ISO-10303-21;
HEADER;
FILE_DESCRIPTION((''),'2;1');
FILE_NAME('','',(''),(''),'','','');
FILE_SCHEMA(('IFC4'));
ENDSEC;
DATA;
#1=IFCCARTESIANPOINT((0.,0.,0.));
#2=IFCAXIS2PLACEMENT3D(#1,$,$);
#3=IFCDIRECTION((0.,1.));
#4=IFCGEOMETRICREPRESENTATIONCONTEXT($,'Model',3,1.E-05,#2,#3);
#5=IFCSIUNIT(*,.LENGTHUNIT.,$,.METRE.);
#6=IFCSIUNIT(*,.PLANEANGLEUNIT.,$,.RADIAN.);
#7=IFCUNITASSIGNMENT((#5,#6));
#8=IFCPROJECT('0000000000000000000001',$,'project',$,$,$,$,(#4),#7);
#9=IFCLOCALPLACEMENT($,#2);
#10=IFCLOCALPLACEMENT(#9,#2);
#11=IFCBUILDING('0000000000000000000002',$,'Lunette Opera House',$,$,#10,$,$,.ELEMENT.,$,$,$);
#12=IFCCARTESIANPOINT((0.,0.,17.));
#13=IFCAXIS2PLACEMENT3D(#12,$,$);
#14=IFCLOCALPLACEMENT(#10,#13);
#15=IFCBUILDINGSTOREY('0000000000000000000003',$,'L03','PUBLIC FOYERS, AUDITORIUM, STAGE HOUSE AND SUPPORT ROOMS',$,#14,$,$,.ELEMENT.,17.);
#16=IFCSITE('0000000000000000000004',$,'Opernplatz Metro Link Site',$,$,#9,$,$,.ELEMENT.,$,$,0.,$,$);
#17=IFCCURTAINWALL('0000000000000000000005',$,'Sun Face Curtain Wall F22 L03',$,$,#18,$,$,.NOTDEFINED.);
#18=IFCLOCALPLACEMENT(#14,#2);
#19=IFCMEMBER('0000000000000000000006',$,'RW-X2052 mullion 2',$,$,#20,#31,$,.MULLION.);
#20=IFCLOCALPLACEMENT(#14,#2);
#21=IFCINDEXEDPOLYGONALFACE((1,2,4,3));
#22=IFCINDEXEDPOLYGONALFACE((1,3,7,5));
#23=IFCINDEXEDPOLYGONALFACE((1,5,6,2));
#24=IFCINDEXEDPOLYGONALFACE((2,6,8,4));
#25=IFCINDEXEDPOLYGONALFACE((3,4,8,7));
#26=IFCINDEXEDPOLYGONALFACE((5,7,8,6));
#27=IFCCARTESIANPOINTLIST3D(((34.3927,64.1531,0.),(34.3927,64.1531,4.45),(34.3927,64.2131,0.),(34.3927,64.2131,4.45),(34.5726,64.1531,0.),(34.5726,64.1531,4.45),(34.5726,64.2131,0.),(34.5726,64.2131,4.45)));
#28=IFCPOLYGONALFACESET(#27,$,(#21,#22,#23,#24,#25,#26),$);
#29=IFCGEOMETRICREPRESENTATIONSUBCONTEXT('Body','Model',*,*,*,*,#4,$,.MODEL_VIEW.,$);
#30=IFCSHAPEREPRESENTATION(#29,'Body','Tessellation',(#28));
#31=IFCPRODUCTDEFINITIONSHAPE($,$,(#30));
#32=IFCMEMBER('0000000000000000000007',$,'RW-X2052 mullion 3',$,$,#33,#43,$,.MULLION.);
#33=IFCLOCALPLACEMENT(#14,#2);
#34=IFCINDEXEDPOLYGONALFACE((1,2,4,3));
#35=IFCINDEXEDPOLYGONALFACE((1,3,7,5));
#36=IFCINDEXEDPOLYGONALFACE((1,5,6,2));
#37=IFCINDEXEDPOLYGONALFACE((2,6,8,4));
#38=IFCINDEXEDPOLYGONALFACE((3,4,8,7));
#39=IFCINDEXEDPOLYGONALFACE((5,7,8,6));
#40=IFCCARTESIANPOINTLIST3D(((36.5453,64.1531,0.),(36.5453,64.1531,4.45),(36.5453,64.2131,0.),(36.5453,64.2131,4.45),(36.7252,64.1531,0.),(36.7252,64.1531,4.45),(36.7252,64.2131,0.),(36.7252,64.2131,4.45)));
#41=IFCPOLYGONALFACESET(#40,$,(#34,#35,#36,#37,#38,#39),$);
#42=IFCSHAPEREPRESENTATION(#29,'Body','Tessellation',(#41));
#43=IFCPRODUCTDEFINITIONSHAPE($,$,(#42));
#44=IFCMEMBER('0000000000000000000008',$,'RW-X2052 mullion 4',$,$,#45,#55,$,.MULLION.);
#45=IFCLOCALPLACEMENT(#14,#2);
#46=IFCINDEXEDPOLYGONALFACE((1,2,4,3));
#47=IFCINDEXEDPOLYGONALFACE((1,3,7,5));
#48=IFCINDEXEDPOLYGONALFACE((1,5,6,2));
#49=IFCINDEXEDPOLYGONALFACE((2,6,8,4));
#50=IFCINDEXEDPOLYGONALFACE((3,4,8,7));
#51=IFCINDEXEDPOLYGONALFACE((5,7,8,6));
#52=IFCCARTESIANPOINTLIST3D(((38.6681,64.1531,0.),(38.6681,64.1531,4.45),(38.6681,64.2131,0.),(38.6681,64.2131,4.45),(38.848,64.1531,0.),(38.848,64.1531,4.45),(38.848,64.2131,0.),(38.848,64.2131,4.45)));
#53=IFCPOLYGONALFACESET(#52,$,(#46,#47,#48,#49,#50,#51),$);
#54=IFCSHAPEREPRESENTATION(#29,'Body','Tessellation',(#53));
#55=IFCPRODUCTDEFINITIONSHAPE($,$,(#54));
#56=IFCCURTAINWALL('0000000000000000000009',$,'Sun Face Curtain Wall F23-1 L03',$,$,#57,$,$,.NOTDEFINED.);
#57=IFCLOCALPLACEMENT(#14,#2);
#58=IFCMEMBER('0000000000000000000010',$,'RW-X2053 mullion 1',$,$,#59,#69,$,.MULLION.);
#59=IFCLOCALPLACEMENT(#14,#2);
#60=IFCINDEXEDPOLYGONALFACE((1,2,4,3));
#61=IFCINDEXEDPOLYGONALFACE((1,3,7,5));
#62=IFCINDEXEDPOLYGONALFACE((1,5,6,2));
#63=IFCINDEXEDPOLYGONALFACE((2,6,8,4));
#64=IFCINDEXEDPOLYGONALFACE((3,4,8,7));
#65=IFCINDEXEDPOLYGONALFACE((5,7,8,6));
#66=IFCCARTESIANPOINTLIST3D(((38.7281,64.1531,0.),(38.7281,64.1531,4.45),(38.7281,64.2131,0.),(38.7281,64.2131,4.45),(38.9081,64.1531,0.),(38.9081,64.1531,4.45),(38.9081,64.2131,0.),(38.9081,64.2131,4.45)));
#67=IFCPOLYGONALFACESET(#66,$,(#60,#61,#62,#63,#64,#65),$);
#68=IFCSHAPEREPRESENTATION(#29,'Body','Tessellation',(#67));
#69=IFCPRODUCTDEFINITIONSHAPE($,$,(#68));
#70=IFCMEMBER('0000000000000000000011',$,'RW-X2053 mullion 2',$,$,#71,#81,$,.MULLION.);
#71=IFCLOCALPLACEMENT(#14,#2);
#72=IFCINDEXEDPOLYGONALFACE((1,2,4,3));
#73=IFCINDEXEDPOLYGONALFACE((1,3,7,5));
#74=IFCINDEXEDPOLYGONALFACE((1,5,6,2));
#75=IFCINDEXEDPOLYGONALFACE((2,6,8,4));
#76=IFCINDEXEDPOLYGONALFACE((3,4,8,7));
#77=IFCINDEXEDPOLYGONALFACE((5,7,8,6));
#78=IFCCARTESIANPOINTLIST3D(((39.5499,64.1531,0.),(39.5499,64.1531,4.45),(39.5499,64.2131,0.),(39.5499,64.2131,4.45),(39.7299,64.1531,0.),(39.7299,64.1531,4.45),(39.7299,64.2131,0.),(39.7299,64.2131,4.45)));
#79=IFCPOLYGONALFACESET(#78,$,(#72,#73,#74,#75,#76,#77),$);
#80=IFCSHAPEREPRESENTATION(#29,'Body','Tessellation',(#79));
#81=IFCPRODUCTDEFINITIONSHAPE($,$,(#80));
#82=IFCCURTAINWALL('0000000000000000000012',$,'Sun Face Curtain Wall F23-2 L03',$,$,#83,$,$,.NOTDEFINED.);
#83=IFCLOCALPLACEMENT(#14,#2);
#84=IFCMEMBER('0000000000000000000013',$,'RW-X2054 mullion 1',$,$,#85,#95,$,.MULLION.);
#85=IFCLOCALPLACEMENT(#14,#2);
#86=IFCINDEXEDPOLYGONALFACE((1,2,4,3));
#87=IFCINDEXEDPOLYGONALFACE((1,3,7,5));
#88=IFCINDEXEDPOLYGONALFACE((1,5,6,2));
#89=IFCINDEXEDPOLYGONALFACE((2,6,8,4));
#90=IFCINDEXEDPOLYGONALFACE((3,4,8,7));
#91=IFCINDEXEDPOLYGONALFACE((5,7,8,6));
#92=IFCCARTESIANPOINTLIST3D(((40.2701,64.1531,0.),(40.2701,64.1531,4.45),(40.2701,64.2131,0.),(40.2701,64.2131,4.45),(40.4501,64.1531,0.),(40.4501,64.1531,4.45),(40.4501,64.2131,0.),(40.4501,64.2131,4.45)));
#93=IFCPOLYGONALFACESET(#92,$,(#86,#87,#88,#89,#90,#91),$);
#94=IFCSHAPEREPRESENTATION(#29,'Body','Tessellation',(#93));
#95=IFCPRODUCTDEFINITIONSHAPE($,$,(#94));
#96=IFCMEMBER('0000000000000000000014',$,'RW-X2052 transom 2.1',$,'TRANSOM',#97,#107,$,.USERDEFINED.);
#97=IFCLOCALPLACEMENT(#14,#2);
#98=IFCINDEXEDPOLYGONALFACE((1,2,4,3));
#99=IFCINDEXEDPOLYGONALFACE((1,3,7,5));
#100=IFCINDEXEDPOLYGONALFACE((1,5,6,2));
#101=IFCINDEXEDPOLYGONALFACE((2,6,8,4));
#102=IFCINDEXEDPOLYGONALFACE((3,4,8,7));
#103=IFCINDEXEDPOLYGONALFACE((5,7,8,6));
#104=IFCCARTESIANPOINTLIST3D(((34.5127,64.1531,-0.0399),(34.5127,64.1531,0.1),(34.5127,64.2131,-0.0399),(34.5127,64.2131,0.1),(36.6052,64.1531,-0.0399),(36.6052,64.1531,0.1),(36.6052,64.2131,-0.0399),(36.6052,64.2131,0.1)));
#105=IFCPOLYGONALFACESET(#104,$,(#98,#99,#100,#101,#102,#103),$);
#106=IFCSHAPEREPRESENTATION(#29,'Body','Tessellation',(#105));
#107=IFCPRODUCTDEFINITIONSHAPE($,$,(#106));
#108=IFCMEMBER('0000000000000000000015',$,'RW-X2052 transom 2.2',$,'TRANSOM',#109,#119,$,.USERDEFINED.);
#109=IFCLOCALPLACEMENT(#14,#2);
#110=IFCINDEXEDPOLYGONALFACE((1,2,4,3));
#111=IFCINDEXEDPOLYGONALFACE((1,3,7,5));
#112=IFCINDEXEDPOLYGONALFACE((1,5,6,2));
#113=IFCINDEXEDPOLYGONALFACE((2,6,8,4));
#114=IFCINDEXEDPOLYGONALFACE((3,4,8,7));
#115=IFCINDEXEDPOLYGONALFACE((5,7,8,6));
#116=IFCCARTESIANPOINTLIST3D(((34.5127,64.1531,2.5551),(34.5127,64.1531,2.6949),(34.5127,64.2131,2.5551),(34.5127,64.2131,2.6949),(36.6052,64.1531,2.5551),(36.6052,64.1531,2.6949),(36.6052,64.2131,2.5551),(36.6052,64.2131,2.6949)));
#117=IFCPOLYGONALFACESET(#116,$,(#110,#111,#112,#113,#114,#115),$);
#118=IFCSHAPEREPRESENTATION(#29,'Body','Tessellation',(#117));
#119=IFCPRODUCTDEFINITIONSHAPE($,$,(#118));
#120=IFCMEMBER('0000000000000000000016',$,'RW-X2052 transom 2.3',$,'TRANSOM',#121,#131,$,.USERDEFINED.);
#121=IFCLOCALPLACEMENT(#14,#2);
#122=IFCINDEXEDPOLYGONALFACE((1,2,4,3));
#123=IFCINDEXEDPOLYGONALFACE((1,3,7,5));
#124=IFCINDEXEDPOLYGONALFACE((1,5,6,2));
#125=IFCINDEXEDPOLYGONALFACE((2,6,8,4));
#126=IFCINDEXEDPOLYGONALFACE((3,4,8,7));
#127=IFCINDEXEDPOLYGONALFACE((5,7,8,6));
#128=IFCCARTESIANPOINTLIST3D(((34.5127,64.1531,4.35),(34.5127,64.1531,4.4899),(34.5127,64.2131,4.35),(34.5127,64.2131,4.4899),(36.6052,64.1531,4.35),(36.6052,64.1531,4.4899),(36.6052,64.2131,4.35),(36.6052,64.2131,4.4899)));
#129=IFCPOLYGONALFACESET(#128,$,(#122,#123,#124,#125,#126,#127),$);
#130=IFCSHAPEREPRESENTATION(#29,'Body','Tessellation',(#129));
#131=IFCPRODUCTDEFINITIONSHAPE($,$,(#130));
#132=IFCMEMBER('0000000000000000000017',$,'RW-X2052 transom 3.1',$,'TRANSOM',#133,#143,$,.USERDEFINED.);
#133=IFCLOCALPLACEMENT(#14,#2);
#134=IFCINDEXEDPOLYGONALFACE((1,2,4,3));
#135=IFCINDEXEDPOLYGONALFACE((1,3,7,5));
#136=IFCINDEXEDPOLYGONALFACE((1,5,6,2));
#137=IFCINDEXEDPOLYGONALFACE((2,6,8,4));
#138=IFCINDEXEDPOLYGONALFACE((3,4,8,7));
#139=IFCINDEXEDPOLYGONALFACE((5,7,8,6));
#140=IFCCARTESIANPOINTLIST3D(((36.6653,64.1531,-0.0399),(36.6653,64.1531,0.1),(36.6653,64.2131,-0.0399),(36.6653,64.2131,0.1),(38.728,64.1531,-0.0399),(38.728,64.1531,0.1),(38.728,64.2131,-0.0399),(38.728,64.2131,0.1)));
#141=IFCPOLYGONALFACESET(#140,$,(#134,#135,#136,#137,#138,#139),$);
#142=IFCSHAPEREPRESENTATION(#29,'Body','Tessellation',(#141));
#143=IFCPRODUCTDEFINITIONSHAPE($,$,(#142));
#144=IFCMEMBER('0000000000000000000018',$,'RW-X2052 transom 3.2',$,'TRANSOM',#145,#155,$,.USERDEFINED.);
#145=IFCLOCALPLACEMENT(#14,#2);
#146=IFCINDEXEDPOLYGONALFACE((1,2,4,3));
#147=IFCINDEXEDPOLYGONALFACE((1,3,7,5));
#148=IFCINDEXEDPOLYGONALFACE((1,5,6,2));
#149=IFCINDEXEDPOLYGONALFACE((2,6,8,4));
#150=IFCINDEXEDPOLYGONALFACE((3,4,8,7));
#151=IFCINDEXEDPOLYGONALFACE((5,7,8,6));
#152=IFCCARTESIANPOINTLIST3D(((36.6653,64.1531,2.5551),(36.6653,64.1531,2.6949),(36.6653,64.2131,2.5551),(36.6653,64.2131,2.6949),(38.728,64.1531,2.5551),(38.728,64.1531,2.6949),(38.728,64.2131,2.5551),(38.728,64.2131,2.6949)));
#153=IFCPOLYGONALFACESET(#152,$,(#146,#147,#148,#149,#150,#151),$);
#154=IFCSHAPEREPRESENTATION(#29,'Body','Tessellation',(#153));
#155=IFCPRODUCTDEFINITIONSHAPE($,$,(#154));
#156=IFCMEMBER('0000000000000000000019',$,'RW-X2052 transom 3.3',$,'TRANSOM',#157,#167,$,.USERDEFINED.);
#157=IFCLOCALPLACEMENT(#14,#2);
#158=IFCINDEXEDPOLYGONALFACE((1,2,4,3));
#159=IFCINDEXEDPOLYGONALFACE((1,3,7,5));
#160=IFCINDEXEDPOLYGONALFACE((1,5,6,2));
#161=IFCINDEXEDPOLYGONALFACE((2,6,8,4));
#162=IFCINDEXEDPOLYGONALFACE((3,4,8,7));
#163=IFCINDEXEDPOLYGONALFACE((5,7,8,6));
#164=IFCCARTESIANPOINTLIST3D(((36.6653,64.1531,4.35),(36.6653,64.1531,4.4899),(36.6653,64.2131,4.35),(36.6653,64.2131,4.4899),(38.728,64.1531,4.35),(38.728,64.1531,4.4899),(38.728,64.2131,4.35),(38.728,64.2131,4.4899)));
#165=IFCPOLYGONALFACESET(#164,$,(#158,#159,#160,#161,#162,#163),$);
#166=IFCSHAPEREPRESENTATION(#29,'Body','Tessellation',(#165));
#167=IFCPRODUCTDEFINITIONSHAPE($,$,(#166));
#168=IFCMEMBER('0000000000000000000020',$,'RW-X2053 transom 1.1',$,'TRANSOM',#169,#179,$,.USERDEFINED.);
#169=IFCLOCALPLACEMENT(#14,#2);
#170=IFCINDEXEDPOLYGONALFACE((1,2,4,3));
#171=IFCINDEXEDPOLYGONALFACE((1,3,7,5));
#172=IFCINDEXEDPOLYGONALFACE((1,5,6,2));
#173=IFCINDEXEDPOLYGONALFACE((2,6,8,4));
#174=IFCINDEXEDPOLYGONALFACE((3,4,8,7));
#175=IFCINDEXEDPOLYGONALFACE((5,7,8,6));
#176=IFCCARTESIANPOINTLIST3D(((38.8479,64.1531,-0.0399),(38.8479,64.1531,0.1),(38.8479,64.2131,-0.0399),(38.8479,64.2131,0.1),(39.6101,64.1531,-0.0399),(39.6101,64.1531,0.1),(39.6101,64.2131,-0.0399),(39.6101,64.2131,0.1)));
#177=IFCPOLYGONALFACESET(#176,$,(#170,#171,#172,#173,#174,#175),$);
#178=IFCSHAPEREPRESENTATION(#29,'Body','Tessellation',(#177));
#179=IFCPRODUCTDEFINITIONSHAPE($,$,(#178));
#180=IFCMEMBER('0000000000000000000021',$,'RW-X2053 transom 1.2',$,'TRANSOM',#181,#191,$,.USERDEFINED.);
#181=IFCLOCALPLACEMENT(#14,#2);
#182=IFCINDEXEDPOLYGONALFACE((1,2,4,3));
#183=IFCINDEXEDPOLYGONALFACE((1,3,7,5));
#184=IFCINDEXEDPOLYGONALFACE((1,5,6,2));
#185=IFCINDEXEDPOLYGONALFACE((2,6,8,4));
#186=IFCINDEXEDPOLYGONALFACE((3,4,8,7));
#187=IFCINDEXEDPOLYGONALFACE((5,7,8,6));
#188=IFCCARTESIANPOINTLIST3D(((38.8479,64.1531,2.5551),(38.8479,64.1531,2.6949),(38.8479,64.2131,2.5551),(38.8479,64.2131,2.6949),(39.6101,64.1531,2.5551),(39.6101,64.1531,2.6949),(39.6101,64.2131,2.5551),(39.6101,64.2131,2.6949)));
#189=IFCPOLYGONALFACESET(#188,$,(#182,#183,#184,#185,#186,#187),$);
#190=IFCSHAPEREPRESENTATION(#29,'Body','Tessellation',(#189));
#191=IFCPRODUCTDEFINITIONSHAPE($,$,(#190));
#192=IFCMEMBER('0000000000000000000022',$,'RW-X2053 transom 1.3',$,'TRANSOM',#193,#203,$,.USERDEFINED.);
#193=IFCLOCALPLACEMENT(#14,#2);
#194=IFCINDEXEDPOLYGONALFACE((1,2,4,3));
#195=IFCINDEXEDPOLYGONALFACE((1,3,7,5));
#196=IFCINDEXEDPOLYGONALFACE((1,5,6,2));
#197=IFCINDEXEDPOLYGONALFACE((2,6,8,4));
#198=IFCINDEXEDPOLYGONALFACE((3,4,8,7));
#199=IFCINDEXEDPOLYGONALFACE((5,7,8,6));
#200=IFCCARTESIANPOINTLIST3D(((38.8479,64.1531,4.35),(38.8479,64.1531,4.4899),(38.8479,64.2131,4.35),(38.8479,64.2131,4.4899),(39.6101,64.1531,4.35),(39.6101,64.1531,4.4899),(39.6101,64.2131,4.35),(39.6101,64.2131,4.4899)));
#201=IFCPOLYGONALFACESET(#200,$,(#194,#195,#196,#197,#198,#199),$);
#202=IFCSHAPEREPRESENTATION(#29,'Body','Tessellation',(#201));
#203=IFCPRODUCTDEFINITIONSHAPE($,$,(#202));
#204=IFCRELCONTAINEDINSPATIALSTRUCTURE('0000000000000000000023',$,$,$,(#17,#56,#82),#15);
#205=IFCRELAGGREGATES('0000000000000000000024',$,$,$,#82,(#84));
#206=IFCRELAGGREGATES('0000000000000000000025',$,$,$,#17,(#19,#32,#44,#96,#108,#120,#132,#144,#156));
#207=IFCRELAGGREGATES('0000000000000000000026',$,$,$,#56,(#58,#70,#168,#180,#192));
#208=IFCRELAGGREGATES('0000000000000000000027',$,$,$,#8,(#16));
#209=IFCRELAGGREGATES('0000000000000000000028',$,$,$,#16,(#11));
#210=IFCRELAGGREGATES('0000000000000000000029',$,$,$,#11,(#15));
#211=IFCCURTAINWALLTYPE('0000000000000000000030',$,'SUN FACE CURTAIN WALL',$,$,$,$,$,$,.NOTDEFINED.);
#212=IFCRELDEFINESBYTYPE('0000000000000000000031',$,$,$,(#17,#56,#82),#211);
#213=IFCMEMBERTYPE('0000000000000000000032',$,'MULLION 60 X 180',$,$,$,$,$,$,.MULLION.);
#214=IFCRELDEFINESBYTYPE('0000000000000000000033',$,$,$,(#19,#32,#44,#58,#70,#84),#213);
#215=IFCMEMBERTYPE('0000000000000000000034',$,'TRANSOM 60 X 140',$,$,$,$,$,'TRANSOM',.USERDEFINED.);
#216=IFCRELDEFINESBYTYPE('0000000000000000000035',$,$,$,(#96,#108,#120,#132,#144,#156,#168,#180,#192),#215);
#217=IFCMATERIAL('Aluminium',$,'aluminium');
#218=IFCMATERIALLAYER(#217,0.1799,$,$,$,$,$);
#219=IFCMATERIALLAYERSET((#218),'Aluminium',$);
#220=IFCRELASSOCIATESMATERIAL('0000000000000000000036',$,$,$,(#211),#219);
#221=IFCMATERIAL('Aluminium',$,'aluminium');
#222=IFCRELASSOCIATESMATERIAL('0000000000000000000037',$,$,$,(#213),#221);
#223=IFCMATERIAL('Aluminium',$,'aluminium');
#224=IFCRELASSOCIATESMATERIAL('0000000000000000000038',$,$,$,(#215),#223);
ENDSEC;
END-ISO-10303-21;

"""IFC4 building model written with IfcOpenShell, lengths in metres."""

from ifc_helpers import new_model, si_unit, direction, frame, origin, origin_2d, place, context, subcontext, project, spatial, rectangle, extrude, material, layer, layer_set, material_profile, profile_set, type_object, element, aggregate, save


model = new_model("IFC4")

# Units and contexts
model_context = context("Model", 3, precision=1e-05, world=origin(), true_north=direction((0.0, 1.0)))
body_context = subcontext(model_context, "Body", "Model", "MODEL_VIEW")
ifc_project = project(units=[si_unit("LENGTHUNIT", "METRE"), si_unit("PLANEANGLEUNIT", "RADIAN")], contexts=[model_context])

# Site, building, storey
site_placement = place(None, origin())
site = spatial("IfcSite", under=ifc_project, at=site_placement, Name="Opernplatz Metro Link Site", CompositionType="ELEMENT", RefElevation=0.0)
building_placement = place(site_placement, origin())
building = spatial("IfcBuilding", under=site, at=building_placement, Name="Lunette Opera House", CompositionType="ELEMENT")
storey_placement = place(building_placement, frame((0.0, 0.0, 17.0)))
storey = spatial("IfcBuildingStorey", under=building, at=storey_placement, Name="L03", Description="PUBLIC FOYERS, AUDITORIUM, STAGE HOUSE AND SUPPORT ROOMS", CompositionType="ELEMENT", Elevation=17.0)

# Curtain walls, members
ifc_material_1 = material(Name="Aluminium", Category="aluminium")
ifc_layer_1 = layer(ifc_material_1, 0.1799)
ifc_layer_set_1 = layer_set([ifc_layer_1], Name="Aluminium")
curtain_wall_type = type_object("IfcCurtainWallType", Name="SUN FACE CURTAIN WALL", PredefinedType="NOTDEFINED", material=ifc_layer_set_1)
curtain_wall_1_placement = place(storey_placement, origin())
curtain_wall_1 = element("IfcCurtainWall", 1, at=curtain_wall_1_placement, inside=storey, type_object=curtain_wall_type, Name="Sun Face Curtain Wall F22 L03", PredefinedType="NOTDEFINED")
ifc_material_2 = material(Name="Aluminium", Category="aluminium")
ifc_material_profile_1 = material_profile(ifc_material_2, rectangle(XDim=0.0601, YDim=0.1799, at=origin_2d()), Name="MULLION 60 X 180")
ifc_profile_set_1 = profile_set([ifc_material_profile_1], Name="Aluminium")
member_type_1 = type_object("IfcMemberType", Name="MULLION 60 X 180", PredefinedType="MULLION", material=ifc_profile_set_1)
member_1_placement = place(storey_placement, frame((34.4827, 64.1831, 0.0), z_axis=(0.0, 0.0, 1.0), x_axis=(0.0, 1.0, 0.0)))
member_1 = element("IfcMember", 2, at=member_1_placement, type_object=member_type_1, Name="RW-X2052 mullion 2", PredefinedType="MULLION", context=body_context, shape_type="SweptSolid", body=[
    extrude(rectangle(XDim=0.0601, YDim=0.1799, at=origin_2d()), origin(), (0.0, 0.0, 1.0), 4.45),
])
member_2_placement = place(storey_placement, frame((36.6353, 64.1831, 0.0), z_axis=(0.0, 0.0, 1.0), x_axis=(0.0, 1.0, 0.0)))
member_2 = element("IfcMember", 3, at=member_2_placement, type_object=member_type_1, Name="RW-X2052 mullion 3", PredefinedType="MULLION", context=body_context, shape_type="SweptSolid", body=[
    extrude(rectangle(XDim=0.0601, YDim=0.1799, at=origin_2d()), origin(), (0.0, 0.0, 1.0), 4.45),
])
member_3_placement = place(storey_placement, frame((38.7581, 64.1831, 0.0), z_axis=(0.0, 0.0, 1.0), x_axis=(0.0, 1.0, 0.0)))
member_3 = element("IfcMember", 4, at=member_3_placement, type_object=member_type_1, Name="RW-X2052 mullion 4", PredefinedType="MULLION", context=body_context, shape_type="SweptSolid", body=[
    extrude(rectangle(XDim=0.0601, YDim=0.1799, at=origin_2d()), origin(), (0.0, 0.0, 1.0), 4.45),
])
curtain_wall_2_placement = place(storey_placement, origin())
curtain_wall_2 = element("IfcCurtainWall", 5, at=curtain_wall_2_placement, inside=storey, type_object=curtain_wall_type, Name="Sun Face Curtain Wall F23-1 L03", PredefinedType="NOTDEFINED")
member_4_placement = place(storey_placement, frame((38.8181, 64.1831, 0.0), z_axis=(0.0, 0.0, 1.0), x_axis=(0.0, 1.0, 0.0)))
member_4 = element("IfcMember", 6, at=member_4_placement, type_object=member_type_1, Name="RW-X2053 mullion 1", PredefinedType="MULLION", context=body_context, shape_type="SweptSolid", body=[
    extrude(rectangle(XDim=0.0601, YDim=0.1799, at=origin_2d()), origin(), (0.0, 0.0, 1.0), 4.45),
])
member_5_placement = place(storey_placement, frame((39.6399, 64.1831, 0.0), z_axis=(0.0, 0.0, 1.0), x_axis=(0.0, 1.0, 0.0)))
member_5 = element("IfcMember", 7, at=member_5_placement, type_object=member_type_1, Name="RW-X2053 mullion 2", PredefinedType="MULLION", context=body_context, shape_type="SweptSolid", body=[
    extrude(rectangle(XDim=0.0601, YDim=0.1799, at=origin_2d()), origin(), (0.0, 0.0, 1.0), 4.45),
])

# Curtain wall, member
curtain_wall_3_placement = place(storey_placement, origin())
curtain_wall_3 = element("IfcCurtainWall", 8, at=curtain_wall_3_placement, inside=storey, type_object=curtain_wall_type, Name="Sun Face Curtain Wall F23-2 L03", PredefinedType="NOTDEFINED")
member_6_placement = place(storey_placement, frame((40.3601, 64.1831, 0.0), z_axis=(0.0, 0.0, 1.0), x_axis=(0.0, 1.0, 0.0)))
member_6 = element("IfcMember", 9, at=member_6_placement, type_object=member_type_1, Name="RW-X2054 mullion 1", PredefinedType="MULLION", context=body_context, shape_type="SweptSolid", body=[
    extrude(rectangle(XDim=0.0601, YDim=0.1799, at=origin_2d()), origin(), (0.0, 0.0, 1.0), 4.45),
])
aggregate(curtain_wall_3, [member_6])

# Members
ifc_material_3 = material(Name="Aluminium", Category="aluminium")
ifc_material_profile_2 = material_profile(ifc_material_3, rectangle(XDim=0.0601, YDim=0.1399, at=origin_2d()), Name="TRANSOM 60 X 140")
ifc_profile_set_2 = profile_set([ifc_material_profile_2], Name="Aluminium")
member_type_2 = type_object("IfcMemberType", Name="TRANSOM 60 X 140", ElementType="TRANSOM", PredefinedType="USERDEFINED", material=ifc_profile_set_2)
member_7_placement = place(storey_placement, frame((34.5127, 64.1831, 0.03), z_axis=(1.0, 0.0, 0.0), x_axis=(0.0, 1.0, 0.0)))
member_7 = element("IfcMember", 10, at=member_7_placement, type_object=member_type_2, Name="RW-X2052 transom 2.1", ObjectType="TRANSOM", PredefinedType="USERDEFINED", context=body_context, shape_type="SweptSolid", body=[
    extrude(rectangle(XDim=0.0601, YDim=0.1399, at=origin_2d()), origin(), (0.0, 0.0, 1.0), 2.0925),
])
member_8_placement = place(storey_placement, frame((34.5127, 64.1831, 2.625), z_axis=(1.0, 0.0, 0.0), x_axis=(0.0, 1.0, 0.0)))
member_8 = element("IfcMember", 11, at=member_8_placement, type_object=member_type_2, Name="RW-X2052 transom 2.2", ObjectType="TRANSOM", PredefinedType="USERDEFINED", context=body_context, shape_type="SweptSolid", body=[
    extrude(rectangle(XDim=0.0601, YDim=0.1399, at=origin_2d()), origin(), (0.0, 0.0, 1.0), 2.0925),
])
member_9_placement = place(storey_placement, frame((34.5127, 64.1831, 4.4199), z_axis=(1.0, 0.0, 0.0), x_axis=(0.0, 1.0, 0.0)))
member_9 = element("IfcMember", 12, at=member_9_placement, type_object=member_type_2, Name="RW-X2052 transom 2.3", ObjectType="TRANSOM", PredefinedType="USERDEFINED", context=body_context, shape_type="SweptSolid", body=[
    extrude(rectangle(XDim=0.0601, YDim=0.1399, at=origin_2d()), origin(), (0.0, 0.0, 1.0), 2.0925),
])
member_10_placement = place(storey_placement, frame((36.6653, 64.1831, 0.03), z_axis=(1.0, 0.0, 0.0), x_axis=(0.0, 1.0, 0.0)))
member_10 = element("IfcMember", 13, at=member_10_placement, type_object=member_type_2, Name="RW-X2052 transom 3.1", ObjectType="TRANSOM", PredefinedType="USERDEFINED", context=body_context, shape_type="SweptSolid", body=[
    extrude(rectangle(XDim=0.0601, YDim=0.1399, at=origin_2d()), origin(), (0.0, 0.0, 1.0), 2.0627),
])
member_11_placement = place(storey_placement, frame((36.6653, 64.1831, 2.625), z_axis=(1.0, 0.0, 0.0), x_axis=(0.0, 1.0, 0.0)))
member_11 = element("IfcMember", 14, at=member_11_placement, type_object=member_type_2, Name="RW-X2052 transom 3.2", ObjectType="TRANSOM", PredefinedType="USERDEFINED", context=body_context, shape_type="SweptSolid", body=[
    extrude(rectangle(XDim=0.0601, YDim=0.1399, at=origin_2d()), origin(), (0.0, 0.0, 1.0), 2.0627),
])
member_12_placement = place(storey_placement, frame((36.6653, 64.1831, 4.4199), z_axis=(1.0, 0.0, 0.0), x_axis=(0.0, 1.0, 0.0)))
member_12 = element("IfcMember", 15, at=member_12_placement, type_object=member_type_2, Name="RW-X2052 transom 3.3", ObjectType="TRANSOM", PredefinedType="USERDEFINED", context=body_context, shape_type="SweptSolid", body=[
    extrude(rectangle(XDim=0.0601, YDim=0.1399, at=origin_2d()), origin(), (0.0, 0.0, 1.0), 2.0627),
])
member_13_placement = place(storey_placement, frame((38.8479, 64.1831, 0.03), z_axis=(1.0, 0.0, 0.0), x_axis=(0.0, 1.0, 0.0)))
member_13 = element("IfcMember", 16, at=member_13_placement, type_object=member_type_2, Name="RW-X2053 transom 1.1", ObjectType="TRANSOM", PredefinedType="USERDEFINED", context=body_context, shape_type="SweptSolid", body=[
    extrude(rectangle(XDim=0.0601, YDim=0.1399, at=origin_2d()), origin(), (0.0, 0.0, 1.0), 0.7622),
])
member_14_placement = place(storey_placement, frame((38.8479, 64.1831, 2.625), z_axis=(1.0, 0.0, 0.0), x_axis=(0.0, 1.0, 0.0)))
member_14 = element("IfcMember", 17, at=member_14_placement, type_object=member_type_2, Name="RW-X2053 transom 1.2", ObjectType="TRANSOM", PredefinedType="USERDEFINED", context=body_context, shape_type="SweptSolid", body=[
    extrude(rectangle(XDim=0.0601, YDim=0.1399, at=origin_2d()), origin(), (0.0, 0.0, 1.0), 0.7622),
])
member_15_placement = place(storey_placement, frame((38.8479, 64.1831, 4.4199), z_axis=(1.0, 0.0, 0.0), x_axis=(0.0, 1.0, 0.0)))
member_15 = element("IfcMember", 18, at=member_15_placement, type_object=member_type_2, Name="RW-X2053 transom 1.3", ObjectType="TRANSOM", PredefinedType="USERDEFINED", context=body_context, shape_type="SweptSolid", body=[
    extrude(rectangle(XDim=0.0601, YDim=0.1399, at=origin_2d()), origin(), (0.0, 0.0, 1.0), 0.7622),
])

aggregate(curtain_wall_1, [member_1, member_2, member_3, member_7, member_8, member_9, member_10, member_11, member_12])
aggregate(curtain_wall_2, [member_4, member_5, member_13, member_14, member_15])

save(model, "model.ifc")
